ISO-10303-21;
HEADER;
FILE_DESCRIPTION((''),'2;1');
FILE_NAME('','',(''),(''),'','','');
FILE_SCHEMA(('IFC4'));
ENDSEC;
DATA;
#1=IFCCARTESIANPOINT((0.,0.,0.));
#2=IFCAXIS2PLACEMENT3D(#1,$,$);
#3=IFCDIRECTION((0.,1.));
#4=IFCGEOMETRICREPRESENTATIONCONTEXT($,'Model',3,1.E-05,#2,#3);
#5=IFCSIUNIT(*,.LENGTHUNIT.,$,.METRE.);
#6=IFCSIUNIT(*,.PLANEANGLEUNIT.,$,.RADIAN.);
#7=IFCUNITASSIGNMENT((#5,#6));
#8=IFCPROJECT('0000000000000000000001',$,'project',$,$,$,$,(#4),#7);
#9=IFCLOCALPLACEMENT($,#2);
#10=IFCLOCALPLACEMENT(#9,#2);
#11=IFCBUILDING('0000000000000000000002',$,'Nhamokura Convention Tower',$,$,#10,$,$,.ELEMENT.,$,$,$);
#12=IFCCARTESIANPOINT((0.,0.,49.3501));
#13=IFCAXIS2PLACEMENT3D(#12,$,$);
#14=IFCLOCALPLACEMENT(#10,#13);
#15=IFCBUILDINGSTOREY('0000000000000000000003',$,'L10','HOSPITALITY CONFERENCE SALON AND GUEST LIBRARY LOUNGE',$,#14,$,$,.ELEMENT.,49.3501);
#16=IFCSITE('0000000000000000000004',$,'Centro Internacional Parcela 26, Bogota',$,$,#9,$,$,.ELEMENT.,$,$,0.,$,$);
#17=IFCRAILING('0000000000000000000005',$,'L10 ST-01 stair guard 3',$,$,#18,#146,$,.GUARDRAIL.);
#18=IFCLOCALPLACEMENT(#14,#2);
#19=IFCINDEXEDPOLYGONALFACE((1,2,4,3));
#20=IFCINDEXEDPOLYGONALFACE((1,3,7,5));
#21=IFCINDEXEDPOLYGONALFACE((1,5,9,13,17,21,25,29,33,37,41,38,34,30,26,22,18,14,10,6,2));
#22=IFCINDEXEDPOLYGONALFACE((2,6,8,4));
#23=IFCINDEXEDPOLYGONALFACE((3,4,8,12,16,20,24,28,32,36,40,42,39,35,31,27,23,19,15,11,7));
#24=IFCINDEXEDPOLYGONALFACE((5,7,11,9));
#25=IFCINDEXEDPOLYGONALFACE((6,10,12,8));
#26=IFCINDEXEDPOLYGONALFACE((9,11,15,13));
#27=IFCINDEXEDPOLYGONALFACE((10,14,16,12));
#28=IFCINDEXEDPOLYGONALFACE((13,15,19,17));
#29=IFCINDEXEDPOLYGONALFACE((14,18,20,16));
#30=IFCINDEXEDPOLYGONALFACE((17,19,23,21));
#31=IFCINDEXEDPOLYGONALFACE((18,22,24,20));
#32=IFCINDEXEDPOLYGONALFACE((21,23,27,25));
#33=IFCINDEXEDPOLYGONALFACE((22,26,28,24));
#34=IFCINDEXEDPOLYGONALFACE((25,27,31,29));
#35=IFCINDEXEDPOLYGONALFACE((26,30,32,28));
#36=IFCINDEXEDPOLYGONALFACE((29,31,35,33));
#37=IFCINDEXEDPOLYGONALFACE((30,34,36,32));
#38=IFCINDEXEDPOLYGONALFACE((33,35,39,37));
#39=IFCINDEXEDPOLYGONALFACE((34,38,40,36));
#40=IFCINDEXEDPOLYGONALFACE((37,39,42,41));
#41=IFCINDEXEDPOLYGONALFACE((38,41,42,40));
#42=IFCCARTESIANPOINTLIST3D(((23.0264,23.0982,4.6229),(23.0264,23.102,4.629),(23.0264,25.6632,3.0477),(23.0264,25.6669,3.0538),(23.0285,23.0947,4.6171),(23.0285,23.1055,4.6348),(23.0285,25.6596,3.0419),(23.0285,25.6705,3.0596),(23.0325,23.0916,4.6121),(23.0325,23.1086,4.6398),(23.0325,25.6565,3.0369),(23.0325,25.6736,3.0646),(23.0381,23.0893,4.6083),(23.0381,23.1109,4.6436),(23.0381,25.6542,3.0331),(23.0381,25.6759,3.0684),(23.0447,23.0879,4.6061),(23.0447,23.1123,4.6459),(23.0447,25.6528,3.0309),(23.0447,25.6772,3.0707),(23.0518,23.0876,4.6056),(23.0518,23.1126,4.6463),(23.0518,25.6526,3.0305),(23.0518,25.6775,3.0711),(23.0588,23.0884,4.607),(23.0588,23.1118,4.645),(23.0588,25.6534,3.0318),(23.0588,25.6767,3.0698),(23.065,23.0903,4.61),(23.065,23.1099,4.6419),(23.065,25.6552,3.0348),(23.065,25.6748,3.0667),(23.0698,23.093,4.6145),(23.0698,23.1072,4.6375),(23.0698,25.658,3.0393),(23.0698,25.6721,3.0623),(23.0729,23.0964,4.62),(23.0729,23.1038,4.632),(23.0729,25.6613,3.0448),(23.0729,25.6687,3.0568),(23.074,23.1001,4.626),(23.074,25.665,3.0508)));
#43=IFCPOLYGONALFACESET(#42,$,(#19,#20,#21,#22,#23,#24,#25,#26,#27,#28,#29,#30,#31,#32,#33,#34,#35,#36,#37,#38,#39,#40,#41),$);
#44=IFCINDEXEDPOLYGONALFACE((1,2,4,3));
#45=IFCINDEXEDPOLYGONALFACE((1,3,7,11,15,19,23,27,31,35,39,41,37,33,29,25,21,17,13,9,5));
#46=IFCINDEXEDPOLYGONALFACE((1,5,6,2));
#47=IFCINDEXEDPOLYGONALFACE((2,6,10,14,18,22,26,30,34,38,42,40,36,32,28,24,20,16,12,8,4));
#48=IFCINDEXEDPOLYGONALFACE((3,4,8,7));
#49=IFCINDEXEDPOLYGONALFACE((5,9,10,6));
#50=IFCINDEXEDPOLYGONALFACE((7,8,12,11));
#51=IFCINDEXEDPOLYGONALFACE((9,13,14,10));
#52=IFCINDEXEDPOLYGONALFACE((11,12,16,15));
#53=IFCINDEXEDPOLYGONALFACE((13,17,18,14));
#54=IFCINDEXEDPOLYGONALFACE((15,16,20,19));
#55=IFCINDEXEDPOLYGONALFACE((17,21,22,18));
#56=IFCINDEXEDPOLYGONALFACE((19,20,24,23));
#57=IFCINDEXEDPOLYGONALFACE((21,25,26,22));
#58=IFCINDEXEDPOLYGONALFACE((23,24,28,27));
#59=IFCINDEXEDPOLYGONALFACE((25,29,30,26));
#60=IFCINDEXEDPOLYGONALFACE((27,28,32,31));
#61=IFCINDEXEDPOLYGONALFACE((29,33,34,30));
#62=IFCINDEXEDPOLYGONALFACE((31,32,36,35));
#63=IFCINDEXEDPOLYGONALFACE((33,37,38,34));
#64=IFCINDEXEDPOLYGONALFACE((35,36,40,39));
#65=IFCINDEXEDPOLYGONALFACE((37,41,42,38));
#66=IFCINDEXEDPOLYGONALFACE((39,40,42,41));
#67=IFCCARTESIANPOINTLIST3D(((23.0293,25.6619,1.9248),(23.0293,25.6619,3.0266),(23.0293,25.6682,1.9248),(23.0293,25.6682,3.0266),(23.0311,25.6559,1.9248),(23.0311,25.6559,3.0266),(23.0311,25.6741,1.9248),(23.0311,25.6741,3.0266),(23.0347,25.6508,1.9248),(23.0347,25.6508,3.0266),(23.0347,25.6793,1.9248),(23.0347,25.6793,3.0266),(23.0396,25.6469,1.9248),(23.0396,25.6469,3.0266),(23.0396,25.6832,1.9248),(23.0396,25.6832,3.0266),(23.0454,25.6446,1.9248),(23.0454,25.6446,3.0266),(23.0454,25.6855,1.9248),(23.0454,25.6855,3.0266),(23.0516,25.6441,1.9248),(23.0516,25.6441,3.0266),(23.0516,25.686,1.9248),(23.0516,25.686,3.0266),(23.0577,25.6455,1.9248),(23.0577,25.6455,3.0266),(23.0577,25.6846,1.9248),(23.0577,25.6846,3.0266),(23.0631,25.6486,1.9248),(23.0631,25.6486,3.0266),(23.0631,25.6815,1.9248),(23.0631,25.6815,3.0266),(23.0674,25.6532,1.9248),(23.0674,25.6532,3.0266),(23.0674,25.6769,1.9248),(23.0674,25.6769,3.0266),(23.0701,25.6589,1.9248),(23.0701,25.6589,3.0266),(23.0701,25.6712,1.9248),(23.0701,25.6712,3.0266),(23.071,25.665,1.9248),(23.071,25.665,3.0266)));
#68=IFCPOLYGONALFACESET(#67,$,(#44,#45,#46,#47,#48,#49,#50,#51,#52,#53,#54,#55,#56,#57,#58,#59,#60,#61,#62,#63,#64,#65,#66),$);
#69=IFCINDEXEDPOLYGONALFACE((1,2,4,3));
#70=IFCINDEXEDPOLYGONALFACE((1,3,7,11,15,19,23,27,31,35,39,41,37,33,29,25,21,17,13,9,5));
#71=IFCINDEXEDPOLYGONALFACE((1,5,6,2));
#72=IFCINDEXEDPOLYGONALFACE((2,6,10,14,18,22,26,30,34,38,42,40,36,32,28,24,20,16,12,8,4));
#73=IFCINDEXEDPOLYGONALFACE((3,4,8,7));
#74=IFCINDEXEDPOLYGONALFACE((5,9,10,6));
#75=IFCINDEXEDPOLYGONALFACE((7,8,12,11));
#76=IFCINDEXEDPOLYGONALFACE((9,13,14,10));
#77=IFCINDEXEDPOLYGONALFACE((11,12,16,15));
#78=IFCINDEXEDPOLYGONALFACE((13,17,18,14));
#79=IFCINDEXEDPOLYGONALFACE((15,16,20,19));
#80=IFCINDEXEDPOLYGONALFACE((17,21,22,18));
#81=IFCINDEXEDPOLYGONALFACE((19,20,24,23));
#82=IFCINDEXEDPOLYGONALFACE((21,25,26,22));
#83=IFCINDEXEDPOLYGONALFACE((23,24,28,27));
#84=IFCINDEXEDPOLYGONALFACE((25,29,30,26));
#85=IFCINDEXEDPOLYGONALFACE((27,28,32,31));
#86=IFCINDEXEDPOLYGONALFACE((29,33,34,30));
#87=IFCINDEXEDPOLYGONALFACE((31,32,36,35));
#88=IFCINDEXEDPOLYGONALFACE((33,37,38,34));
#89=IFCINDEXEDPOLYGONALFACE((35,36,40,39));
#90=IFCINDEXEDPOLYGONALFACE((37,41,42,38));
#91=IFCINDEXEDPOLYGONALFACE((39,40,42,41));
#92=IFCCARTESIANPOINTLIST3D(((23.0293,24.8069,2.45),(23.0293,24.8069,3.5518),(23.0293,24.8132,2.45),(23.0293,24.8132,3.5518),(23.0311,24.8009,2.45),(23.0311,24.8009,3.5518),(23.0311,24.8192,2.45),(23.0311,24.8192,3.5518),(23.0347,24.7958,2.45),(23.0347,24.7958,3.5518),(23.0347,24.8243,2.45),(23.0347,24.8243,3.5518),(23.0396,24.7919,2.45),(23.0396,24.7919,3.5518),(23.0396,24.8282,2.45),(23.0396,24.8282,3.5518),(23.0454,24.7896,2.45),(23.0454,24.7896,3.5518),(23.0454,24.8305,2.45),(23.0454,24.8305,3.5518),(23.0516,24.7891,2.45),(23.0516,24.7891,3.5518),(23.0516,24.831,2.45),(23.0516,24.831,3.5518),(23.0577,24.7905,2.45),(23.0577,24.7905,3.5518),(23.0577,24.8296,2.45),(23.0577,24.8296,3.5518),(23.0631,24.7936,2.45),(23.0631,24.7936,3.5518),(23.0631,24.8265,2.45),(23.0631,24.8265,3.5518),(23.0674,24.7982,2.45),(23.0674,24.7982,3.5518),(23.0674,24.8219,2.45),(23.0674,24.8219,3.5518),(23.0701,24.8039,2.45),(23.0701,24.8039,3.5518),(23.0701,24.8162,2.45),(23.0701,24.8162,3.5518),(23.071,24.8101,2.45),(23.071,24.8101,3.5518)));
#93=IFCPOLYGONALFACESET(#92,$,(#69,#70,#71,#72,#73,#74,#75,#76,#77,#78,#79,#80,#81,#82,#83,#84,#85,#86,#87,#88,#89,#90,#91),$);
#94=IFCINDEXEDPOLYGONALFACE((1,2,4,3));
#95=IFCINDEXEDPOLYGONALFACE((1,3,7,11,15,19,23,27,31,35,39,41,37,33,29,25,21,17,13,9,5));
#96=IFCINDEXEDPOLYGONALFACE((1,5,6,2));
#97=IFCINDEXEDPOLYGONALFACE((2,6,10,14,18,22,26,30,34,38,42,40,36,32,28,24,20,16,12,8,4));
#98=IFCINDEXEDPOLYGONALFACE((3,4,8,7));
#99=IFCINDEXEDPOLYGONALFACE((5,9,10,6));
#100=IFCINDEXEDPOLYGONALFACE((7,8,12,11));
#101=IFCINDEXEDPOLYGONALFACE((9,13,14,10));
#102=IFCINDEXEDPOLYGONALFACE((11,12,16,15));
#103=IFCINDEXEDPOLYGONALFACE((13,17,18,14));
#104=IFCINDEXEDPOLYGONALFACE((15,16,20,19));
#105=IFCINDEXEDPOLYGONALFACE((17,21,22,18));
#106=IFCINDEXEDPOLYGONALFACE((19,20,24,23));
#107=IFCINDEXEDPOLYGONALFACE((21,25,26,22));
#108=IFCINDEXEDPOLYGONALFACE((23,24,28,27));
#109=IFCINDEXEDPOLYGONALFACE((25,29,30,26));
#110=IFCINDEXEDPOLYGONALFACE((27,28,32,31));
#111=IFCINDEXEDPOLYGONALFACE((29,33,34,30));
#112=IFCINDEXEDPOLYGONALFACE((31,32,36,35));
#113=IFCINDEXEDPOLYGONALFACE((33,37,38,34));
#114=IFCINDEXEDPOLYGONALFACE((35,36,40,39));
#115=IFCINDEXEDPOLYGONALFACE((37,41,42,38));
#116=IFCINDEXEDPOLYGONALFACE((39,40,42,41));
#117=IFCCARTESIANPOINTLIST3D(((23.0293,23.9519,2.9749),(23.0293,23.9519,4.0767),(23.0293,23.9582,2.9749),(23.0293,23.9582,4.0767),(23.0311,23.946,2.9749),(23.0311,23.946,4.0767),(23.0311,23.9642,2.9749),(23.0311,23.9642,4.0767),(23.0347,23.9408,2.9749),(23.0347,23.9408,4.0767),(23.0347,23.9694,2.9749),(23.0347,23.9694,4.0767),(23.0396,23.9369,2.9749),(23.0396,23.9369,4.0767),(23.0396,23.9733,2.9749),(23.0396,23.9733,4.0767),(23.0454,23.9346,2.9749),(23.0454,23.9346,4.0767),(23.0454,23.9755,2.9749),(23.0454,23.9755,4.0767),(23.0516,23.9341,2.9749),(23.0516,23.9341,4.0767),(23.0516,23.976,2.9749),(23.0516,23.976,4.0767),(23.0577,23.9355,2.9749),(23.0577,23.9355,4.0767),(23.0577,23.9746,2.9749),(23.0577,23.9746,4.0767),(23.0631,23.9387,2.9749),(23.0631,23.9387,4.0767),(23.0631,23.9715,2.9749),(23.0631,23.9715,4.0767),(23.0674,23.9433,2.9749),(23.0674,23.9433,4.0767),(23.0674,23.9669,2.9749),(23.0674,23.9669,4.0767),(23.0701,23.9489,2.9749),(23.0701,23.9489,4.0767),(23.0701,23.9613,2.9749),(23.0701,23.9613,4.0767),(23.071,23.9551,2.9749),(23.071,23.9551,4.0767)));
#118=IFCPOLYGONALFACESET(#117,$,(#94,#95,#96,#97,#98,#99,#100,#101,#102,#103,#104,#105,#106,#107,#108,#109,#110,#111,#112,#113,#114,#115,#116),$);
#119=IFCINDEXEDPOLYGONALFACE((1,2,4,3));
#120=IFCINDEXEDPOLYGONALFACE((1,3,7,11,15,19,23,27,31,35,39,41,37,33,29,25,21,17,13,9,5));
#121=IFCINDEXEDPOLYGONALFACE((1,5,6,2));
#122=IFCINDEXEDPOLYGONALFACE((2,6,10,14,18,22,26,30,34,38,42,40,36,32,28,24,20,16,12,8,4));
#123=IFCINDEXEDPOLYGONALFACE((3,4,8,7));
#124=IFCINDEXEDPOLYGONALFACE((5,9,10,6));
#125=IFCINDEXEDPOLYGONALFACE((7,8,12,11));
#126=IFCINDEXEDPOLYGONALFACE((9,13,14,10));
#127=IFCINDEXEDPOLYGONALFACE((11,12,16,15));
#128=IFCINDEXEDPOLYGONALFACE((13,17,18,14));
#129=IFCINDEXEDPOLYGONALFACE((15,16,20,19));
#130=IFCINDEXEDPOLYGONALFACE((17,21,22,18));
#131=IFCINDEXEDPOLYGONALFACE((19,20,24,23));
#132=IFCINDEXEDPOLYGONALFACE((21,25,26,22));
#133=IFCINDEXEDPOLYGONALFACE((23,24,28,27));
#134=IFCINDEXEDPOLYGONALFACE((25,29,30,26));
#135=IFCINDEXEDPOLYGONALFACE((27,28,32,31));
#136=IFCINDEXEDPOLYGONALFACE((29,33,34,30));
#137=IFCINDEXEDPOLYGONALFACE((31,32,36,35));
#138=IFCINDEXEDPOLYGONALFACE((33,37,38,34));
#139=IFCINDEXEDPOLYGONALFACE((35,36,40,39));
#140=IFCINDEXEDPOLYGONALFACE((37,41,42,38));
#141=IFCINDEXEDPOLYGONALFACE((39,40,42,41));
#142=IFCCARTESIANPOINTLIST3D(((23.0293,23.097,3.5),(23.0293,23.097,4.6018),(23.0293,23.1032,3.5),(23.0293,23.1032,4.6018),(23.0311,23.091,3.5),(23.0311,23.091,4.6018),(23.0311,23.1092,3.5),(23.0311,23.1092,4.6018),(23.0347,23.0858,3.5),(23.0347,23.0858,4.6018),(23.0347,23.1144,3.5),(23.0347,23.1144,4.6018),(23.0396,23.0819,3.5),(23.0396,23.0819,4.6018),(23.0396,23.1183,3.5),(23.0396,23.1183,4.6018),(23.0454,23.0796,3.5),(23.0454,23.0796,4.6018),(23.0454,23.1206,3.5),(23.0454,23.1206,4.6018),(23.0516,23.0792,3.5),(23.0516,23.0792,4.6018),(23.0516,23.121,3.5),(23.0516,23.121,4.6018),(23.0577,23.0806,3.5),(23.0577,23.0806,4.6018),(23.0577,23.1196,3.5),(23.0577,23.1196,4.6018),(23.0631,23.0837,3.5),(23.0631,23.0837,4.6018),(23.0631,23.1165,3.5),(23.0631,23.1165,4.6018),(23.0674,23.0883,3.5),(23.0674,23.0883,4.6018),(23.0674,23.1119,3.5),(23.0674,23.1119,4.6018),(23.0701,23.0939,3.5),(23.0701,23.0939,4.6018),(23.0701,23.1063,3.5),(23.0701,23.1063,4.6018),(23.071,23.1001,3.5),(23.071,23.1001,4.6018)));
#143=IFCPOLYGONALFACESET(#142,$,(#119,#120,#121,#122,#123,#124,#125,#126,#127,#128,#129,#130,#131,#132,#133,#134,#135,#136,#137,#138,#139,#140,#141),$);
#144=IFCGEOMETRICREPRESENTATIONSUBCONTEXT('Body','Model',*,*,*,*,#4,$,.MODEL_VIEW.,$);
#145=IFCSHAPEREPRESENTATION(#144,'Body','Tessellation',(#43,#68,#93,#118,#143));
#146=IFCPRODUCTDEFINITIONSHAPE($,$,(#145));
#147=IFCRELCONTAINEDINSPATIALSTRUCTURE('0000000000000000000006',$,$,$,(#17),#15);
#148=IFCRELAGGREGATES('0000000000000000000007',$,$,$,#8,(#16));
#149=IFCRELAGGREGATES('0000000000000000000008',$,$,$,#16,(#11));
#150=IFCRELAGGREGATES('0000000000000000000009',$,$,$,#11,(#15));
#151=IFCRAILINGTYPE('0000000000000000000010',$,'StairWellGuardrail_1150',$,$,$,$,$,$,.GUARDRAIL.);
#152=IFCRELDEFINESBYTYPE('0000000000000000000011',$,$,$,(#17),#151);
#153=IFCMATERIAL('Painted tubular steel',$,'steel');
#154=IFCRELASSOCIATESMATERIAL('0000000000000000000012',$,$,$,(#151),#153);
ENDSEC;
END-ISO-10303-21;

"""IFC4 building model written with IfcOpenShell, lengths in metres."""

from ifc_helpers import new_model, si_unit, direction, frame, origin, origin_2d, place, context, subcontext, project, spatial, circle, extrude, material, type_object, element, save


model = new_model("IFC4")

# Units and contexts
model_context = context("Model", 3, precision=1e-05, world=origin(), true_north=direction((0.0, 1.0)))
body_context = subcontext(model_context, "Body", "Model", "MODEL_VIEW")
ifc_project = project(units=[si_unit("LENGTHUNIT", "METRE"), si_unit("PLANEANGLEUNIT", "RADIAN")], contexts=[model_context])

# Site, building, storey
site_placement = place(None, origin())
site = spatial("IfcSite", under=ifc_project, at=site_placement, Name="Centro Internacional Parcela 26, Bogota", CompositionType="ELEMENT", RefElevation=0.0)
building_placement = place(site_placement, origin())
building = spatial("IfcBuilding", under=site, at=building_placement, Name="Nhamokura Convention Tower", CompositionType="ELEMENT")
storey_placement = place(building_placement, frame((0.0, 0.0, 49.3501)))
storey = spatial("IfcBuildingStorey", under=building, at=storey_placement, Name="L10", Description="HOSPITALITY CONFERENCE SALON AND GUEST LIBRARY LOUNGE", CompositionType="ELEMENT", Elevation=49.3501)

# Railing
ifc_material_1 = material(Name="Painted tubular steel", Category="steel")
railing_type_1 = type_object("IfcRailingType", Name="StairWellGuardrail_1150", PredefinedType="GUARDRAIL", material=ifc_material_1)
railing_1_placement = place(storey_placement, frame((23.05, 25.665, 1.9248)))
element("IfcRailing", 1, at=railing_1_placement, inside=storey, type_object=railing_type_1, Name="L10 ST-01 stair guard 3", PredefinedType="GUARDRAIL", context=body_context, shape_type="SweptSolid", body=[
    extrude(circle(Radius=0.0239, at=origin_2d()), frame((0.0, 0.0, 1.126), z_axis=(0.0, -0.852137, 0.523319), x_axis=(1.0, 0.0, 0.0)), (0.0, 0.0, 1.0), 3.01),
    extrude(circle(Radius=0.021, at=origin_2d()), origin(), (0.0, 0.0, 1.0), 1.1018),
    extrude(circle(Radius=0.021, at=origin_2d()), frame((0.0, -0.855, 0.5251)), (0.0, 0.0, 1.0), 1.1018),
    extrude(circle(Radius=0.021, at=origin_2d()), frame((0.0, -1.71, 1.05)), (0.0, 0.0, 1.0), 1.1018),
    extrude(circle(Radius=0.021, at=origin_2d()), frame((0.0, -2.5649, 1.5752)), (0.0, 0.0, 1.0), 1.1018),
])

save(model, "model.ifc")
